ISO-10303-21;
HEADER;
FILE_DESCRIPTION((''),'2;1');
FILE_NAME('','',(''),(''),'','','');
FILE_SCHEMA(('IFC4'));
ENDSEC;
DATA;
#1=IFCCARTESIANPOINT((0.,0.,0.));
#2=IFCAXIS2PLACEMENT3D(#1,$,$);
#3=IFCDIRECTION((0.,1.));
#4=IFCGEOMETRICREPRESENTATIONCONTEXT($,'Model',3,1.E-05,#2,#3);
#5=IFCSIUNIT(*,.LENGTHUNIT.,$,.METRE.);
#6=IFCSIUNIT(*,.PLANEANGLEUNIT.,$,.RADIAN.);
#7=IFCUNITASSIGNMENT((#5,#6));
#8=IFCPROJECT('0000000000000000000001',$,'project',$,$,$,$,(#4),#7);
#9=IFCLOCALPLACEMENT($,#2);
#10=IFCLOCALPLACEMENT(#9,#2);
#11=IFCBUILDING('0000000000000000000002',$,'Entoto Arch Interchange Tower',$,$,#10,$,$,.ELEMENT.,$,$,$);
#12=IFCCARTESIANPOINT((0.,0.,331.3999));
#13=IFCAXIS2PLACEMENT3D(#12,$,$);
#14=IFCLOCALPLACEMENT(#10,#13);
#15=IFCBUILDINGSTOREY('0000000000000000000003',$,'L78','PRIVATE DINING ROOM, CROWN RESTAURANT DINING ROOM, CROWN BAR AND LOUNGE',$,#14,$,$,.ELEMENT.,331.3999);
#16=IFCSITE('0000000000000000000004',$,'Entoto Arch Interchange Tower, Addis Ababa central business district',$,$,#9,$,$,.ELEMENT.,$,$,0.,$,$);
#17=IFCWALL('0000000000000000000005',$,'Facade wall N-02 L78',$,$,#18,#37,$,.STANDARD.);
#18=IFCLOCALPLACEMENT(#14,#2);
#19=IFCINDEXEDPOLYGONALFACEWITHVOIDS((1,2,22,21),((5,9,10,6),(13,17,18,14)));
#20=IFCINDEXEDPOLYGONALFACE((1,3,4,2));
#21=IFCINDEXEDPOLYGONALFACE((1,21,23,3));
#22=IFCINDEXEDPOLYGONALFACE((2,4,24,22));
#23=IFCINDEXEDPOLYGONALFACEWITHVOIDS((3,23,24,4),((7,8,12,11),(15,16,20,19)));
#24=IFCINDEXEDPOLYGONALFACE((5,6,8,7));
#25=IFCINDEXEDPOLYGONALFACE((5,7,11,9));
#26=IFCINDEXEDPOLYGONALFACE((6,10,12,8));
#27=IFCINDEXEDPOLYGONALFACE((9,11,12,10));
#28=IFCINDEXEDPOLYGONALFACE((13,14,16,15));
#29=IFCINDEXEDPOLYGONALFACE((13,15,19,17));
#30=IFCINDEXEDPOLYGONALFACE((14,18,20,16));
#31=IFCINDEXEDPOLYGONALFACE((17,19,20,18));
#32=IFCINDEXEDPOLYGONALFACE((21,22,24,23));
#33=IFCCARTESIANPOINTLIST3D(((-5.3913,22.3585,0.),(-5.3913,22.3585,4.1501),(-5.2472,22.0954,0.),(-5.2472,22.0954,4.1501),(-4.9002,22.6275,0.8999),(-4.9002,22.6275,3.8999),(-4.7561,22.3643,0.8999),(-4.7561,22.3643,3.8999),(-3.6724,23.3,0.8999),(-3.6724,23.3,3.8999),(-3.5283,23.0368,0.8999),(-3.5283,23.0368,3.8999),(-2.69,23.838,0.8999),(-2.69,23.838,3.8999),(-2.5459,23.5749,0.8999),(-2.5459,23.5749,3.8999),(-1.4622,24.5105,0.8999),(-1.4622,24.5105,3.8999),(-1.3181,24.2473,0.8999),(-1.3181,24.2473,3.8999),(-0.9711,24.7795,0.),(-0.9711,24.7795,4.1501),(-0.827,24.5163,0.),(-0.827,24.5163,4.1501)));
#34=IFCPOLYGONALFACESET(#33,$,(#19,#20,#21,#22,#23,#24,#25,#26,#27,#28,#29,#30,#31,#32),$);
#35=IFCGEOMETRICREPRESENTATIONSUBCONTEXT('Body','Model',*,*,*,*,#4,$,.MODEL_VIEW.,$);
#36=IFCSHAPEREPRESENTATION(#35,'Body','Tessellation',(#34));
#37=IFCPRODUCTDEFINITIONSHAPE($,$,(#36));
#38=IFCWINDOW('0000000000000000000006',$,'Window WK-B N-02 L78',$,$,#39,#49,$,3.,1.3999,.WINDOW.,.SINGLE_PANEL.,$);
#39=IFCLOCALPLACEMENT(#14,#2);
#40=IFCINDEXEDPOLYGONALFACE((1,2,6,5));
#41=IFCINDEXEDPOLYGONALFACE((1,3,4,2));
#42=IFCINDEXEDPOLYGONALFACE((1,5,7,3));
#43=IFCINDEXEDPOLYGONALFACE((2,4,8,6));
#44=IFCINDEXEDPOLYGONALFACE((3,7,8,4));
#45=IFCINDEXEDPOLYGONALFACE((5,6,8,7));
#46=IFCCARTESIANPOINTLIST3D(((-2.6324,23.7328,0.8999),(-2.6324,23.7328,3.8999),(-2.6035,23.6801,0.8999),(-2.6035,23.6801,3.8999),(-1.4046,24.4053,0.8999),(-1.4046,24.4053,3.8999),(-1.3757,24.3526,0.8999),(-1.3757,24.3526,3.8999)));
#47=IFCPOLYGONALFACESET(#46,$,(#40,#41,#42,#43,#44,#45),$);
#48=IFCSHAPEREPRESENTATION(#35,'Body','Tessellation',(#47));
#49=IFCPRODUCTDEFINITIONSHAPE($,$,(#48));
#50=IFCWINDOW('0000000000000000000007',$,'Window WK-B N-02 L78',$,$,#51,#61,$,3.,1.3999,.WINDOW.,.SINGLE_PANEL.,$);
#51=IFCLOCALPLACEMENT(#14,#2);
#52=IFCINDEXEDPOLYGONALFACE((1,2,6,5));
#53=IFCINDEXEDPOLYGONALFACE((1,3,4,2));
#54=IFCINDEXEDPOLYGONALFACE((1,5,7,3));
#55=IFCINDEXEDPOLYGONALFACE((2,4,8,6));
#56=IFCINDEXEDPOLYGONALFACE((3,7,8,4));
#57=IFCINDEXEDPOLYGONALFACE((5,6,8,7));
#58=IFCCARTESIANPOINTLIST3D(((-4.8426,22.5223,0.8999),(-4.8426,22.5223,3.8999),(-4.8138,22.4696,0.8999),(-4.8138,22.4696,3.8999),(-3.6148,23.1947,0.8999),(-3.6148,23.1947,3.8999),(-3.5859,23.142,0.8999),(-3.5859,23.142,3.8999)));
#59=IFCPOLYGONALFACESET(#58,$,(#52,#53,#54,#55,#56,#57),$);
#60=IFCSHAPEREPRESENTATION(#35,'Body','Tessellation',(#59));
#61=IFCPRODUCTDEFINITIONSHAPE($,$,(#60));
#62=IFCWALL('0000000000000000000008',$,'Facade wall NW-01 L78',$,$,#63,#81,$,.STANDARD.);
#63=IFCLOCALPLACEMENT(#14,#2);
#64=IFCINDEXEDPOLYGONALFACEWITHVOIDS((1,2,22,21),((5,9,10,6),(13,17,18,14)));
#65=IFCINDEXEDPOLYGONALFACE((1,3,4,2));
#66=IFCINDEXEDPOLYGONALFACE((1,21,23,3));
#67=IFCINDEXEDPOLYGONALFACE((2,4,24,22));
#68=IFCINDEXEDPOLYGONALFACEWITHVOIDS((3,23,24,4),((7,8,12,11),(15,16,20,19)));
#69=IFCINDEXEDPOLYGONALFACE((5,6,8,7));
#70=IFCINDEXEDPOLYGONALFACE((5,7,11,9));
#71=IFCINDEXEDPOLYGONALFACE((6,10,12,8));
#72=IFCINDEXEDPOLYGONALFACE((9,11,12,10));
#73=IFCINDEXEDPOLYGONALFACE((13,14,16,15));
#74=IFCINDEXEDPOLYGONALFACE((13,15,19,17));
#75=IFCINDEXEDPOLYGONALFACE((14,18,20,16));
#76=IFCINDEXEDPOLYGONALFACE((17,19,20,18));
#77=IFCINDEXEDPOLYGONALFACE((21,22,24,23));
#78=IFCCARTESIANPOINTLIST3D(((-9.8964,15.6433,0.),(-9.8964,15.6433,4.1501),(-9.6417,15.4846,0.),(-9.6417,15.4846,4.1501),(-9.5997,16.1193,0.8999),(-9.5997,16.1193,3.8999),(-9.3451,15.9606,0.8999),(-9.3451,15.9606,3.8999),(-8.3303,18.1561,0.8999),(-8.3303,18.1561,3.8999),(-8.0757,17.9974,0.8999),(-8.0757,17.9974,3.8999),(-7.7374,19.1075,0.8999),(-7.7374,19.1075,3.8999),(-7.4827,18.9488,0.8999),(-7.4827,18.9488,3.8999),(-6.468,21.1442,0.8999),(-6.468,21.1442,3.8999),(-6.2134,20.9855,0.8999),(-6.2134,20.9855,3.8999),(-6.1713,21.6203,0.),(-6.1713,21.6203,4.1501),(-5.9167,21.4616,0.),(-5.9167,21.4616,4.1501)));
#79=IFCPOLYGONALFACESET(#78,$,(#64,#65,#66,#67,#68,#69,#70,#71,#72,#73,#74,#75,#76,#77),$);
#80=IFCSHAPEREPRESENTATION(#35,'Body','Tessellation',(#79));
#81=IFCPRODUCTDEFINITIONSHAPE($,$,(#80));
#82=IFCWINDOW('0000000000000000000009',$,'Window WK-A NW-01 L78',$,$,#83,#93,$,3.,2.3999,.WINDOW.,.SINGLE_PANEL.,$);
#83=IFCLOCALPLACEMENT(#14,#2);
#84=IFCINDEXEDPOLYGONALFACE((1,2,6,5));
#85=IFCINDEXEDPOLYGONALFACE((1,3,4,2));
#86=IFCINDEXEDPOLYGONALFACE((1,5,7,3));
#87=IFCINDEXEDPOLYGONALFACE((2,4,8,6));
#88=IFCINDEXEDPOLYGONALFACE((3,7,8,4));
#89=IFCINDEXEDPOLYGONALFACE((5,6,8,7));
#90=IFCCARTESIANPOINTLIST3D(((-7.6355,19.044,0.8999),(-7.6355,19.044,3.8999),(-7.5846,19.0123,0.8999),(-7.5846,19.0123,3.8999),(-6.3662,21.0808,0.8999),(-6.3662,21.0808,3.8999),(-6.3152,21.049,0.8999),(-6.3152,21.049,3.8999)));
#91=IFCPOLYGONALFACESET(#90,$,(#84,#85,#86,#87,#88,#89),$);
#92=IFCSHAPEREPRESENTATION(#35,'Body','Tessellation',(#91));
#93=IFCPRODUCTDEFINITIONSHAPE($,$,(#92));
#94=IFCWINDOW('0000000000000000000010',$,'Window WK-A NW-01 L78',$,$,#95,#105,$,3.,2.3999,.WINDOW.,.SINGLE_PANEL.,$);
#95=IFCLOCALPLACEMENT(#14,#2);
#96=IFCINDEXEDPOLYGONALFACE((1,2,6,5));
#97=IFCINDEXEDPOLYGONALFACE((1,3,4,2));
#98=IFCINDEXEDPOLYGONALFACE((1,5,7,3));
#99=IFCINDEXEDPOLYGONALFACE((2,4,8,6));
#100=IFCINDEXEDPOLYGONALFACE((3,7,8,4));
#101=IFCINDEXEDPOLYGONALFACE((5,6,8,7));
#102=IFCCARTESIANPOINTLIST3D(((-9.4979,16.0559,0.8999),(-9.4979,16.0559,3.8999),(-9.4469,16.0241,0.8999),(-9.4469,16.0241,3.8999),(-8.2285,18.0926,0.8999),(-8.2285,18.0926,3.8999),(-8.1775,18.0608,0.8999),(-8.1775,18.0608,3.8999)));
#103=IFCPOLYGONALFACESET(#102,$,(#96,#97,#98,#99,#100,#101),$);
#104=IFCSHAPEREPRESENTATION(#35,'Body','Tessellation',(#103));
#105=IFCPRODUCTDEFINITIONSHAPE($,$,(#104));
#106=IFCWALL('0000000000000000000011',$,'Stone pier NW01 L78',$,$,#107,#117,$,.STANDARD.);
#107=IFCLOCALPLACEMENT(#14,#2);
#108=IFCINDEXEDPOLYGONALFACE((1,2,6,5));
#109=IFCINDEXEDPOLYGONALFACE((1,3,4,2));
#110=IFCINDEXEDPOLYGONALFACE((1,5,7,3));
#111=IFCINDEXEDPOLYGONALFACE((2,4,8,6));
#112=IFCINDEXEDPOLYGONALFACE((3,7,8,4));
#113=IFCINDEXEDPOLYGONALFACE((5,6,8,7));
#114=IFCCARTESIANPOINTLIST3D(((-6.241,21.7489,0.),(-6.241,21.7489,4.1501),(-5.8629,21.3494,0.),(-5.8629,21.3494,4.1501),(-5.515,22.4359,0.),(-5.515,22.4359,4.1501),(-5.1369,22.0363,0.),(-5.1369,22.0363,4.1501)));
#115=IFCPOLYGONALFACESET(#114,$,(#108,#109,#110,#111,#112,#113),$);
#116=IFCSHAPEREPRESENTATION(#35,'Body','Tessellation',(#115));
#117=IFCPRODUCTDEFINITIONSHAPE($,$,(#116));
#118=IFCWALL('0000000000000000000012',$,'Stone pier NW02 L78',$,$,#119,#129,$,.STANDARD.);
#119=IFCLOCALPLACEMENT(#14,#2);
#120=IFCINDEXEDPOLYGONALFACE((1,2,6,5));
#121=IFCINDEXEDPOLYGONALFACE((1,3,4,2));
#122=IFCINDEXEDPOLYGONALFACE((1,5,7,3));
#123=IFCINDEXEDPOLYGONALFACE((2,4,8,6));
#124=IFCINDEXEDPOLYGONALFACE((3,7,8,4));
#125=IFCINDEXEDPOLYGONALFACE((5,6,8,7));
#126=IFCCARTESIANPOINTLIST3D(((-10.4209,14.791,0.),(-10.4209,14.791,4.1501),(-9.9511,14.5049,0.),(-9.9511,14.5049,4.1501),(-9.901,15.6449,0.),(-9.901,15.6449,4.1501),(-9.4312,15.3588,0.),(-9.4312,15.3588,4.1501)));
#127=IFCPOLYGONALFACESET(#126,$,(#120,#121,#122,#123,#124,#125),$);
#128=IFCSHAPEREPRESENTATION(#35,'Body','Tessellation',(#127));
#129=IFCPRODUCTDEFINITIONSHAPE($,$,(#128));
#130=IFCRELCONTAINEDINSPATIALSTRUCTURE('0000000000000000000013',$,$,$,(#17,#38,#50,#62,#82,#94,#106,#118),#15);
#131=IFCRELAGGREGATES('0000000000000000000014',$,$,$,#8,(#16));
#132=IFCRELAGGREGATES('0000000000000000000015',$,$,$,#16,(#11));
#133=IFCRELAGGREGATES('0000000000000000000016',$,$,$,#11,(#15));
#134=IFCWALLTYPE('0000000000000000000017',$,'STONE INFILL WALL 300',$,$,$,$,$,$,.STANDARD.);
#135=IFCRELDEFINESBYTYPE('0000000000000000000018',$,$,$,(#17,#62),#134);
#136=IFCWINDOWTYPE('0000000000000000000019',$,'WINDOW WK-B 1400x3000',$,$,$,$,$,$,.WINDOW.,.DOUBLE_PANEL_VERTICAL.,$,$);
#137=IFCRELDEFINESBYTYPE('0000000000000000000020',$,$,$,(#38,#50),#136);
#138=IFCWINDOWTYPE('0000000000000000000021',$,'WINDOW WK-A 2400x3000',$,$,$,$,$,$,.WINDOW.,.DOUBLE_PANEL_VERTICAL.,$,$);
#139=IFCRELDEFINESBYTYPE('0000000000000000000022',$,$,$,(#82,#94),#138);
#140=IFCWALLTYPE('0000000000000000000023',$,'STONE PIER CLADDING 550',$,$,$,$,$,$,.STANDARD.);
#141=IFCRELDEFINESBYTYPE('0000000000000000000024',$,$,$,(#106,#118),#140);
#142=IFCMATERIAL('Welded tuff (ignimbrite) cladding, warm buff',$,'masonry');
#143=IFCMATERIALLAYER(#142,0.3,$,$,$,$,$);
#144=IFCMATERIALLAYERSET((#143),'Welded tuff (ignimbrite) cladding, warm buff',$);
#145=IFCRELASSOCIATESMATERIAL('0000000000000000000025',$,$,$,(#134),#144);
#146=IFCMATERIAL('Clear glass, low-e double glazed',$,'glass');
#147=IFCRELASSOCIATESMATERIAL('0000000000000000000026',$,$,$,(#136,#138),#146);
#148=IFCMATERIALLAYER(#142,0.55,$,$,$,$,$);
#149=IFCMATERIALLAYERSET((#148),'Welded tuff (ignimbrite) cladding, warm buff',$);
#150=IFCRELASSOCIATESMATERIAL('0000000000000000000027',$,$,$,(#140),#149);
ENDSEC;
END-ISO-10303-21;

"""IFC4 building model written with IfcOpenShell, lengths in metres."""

from ifc_helpers import new_model, si_unit, direction, frame, frame_2d, origin, place, context, subcontext, project, spatial, rectangle, extrude, material, layer, layer_set, type_object, element, fill, save


model = new_model("IFC4")

# Units and contexts
model_context = context("Model", 3, precision=1e-05, world=origin(), true_north=direction((0.0, 1.0)))
body_context = subcontext(model_context, "Body", "Model", "MODEL_VIEW")
ifc_project = project(units=[si_unit("LENGTHUNIT", "METRE"), si_unit("PLANEANGLEUNIT", "RADIAN")], contexts=[model_context])

# Site, building, storey
site_placement = place(None, origin())
site = spatial("IfcSite", under=ifc_project, at=site_placement, Name="Entoto Arch Interchange Tower, Addis Ababa central business district", CompositionType="ELEMENT", RefElevation=0.0)
building_placement = place(site_placement, origin())
building = spatial("IfcBuilding", under=site, at=building_placement, Name="Entoto Arch Interchange Tower", CompositionType="ELEMENT")
storey_placement = place(building_placement, frame((0.0, 0.0, 331.3999)))
storey = spatial("IfcBuildingStorey", under=building, at=storey_placement, Name="L78", Description="PRIVATE DINING ROOM, CROWN RESTAURANT DINING ROOM, CROWN BAR AND LOUNGE", CompositionType="ELEMENT", Elevation=331.3999)

# Walls, openings, windows
ifc_material_1 = material(Name="Welded tuff (ignimbrite) cladding, warm buff", Category="masonry")
ifc_layer_1 = layer(ifc_material_1, 0.3)
ifc_layer_set_1 = layer_set([ifc_layer_1], Name="Welded tuff (ignimbrite) cladding, warm buff")
wall_type_1 = type_object("IfcWallType", Name="STONE INFILL WALL 300", PredefinedType="STANDARD", material=ifc_layer_set_1)
wall_1_placement = place(storey_placement, frame((-0.8989, 24.6479, 0.0), z_axis=(0.0, 0.0, 1.0), x_axis=(-0.877069, -0.480365, 0.0)))
wall_1 = element("IfcWall", 1, at=wall_1_placement, inside=storey, type_object=wall_type_1, Name="Facade wall N-02 L78", PredefinedType="STANDARD", context=body_context, shape_type="SweptSolid", body=[
    extrude(rectangle(XDim=5.0398, YDim=0.3, at=frame_2d((2.52, 0.0))), origin(), (0.0, 0.0, 1.0), 4.1501),
])
opening_1_placement = place(wall_1_placement, frame((0.5601, 0.0, 0.8999)))
opening_1 = element("IfcOpeningElement", 2, at=opening_1_placement, cuts=wall_1, PredefinedType="OPENING", context=body_context, shape_type="SweptSolid", body=[
    extrude(rectangle(XDim=1.3999, YDim=3.0, at=frame_2d((0.7, 1.5))), frame((0.0, 0.1602, 0.0), z_axis=(0.0, -1.0, 0.0), x_axis=(1.0, 0.0, 0.0)), (0.0, 0.0, 1.0), 0.3201),
])
opening_2_placement = place(wall_1_placement, frame((3.0801, 0.0, 0.8999)))
opening_2 = element("IfcOpeningElement", 3, at=opening_2_placement, cuts=wall_1, PredefinedType="OPENING", context=body_context, shape_type="SweptSolid", body=[
    extrude(rectangle(XDim=1.3999, YDim=3.0, at=frame_2d((0.7, 1.5))), frame((0.0, 0.1602, 0.0), z_axis=(0.0, -1.0, 0.0), x_axis=(1.0, 0.0, 0.0)), (0.0, 0.0, 1.0), 0.3201),
])
ifc_material_2 = material(Name="Clear glass, low-e double glazed", Category="glass")
window_type_1 = type_object("IfcWindowType", Name="WINDOW WK-B 1400x3000", PartitioningType="DOUBLE_PANEL_VERTICAL", PredefinedType="WINDOW", material=ifc_material_2)
window_1_placement = place(opening_1_placement, origin())
window_1 = element("IfcWindow", 4, at=window_1_placement, inside=storey, type_object=window_type_1, Name="Window WK-B N-02 L78", OverallHeight=3.0, OverallWidth=1.3999, PartitioningType="SINGLE_PANEL", PredefinedType="WINDOW", context=body_context, shape_type="SweptSolid", body=[
    extrude(rectangle(XDim=1.3999, YDim=3.0, at=frame_2d((0.7, 1.5))), frame((0.0, 0.03, 0.0), z_axis=(0.0, -1.0, 0.0), x_axis=(1.0, 0.0, 0.0)), (0.0, 0.0, 1.0), 0.0601),
])
fill(opening_1, window_1)
window_2_placement = place(opening_2_placement, origin())
window_2 = element("IfcWindow", 5, at=window_2_placement, inside=storey, type_object=window_type_1, Name="Window WK-B N-02 L78", OverallHeight=3.0, OverallWidth=1.3999, PartitioningType="SINGLE_PANEL", PredefinedType="WINDOW", context=body_context, shape_type="SweptSolid", body=[
    extrude(rectangle(XDim=1.3999, YDim=3.0, at=frame_2d((0.7, 1.5))), frame((0.0, 0.03, 0.0), z_axis=(0.0, -1.0, 0.0), x_axis=(1.0, 0.0, 0.0)), (0.0, 0.0, 1.0), 0.0601),
])
fill(opening_2, window_2)
wall_2_placement = place(storey_placement, frame((-6.0439, 21.541, 0.0), z_axis=(0.0, 0.0, 1.0), x_axis=(-0.52892, -0.848671, 0.0)))
wall_2 = element("IfcWall", 6, at=wall_2_placement, inside=storey, type_object=wall_type_1, Name="Facade wall NW-01 L78", PredefinedType="STANDARD", context=body_context, shape_type="SweptSolid", body=[
    extrude(rectangle(XDim=7.0427, YDim=0.3, at=frame_2d((3.5215, 0.0))), origin(), (0.0, 0.0, 1.0), 4.1501),
])
opening_3_placement = place(wall_2_placement, frame((0.561, 0.0, 0.8999)))
opening_3 = element("IfcOpeningElement", 7, at=opening_3_placement, cuts=wall_2, PredefinedType="OPENING", context=body_context, shape_type="SweptSolid", body=[
    extrude(rectangle(XDim=2.3999, YDim=3.0, at=frame_2d((1.2, 1.5))), frame((0.0, 0.1602, 0.0), z_axis=(0.0, -1.0, 0.0), x_axis=(1.0, 0.0, 0.0)), (0.0, 0.0, 1.0), 0.3201),
])
opening_4_placement = place(wall_2_placement, frame((4.082, 0.0, 0.8999)))
opening_4 = element("IfcOpeningElement", 8, at=opening_4_placement, cuts=wall_2, PredefinedType="OPENING", context=body_context, shape_type="SweptSolid", body=[
    extrude(rectangle(XDim=2.3999, YDim=3.0, at=frame_2d((1.2, 1.5))), frame((0.0, 0.1602, 0.0), z_axis=(0.0, -1.0, 0.0), x_axis=(1.0, 0.0, 0.0)), (0.0, 0.0, 1.0), 0.3201),
])
window_type_2 = type_object("IfcWindowType", Name="WINDOW WK-A 2400x3000", PartitioningType="DOUBLE_PANEL_VERTICAL", PredefinedType="WINDOW", material=ifc_material_2)
window_3_placement = place(opening_3_placement, origin())
window_3 = element("IfcWindow", 9, at=window_3_placement, inside=storey, type_object=window_type_2, Name="Window WK-A NW-01 L78", OverallHeight=3.0, OverallWidth=2.3999, PartitioningType="SINGLE_PANEL", PredefinedType="WINDOW", context=body_context, shape_type="SweptSolid", body=[
    extrude(rectangle(XDim=2.3999, YDim=3.0, at=frame_2d((1.2, 1.5))), frame((0.0, 0.03, 0.0), z_axis=(0.0, -1.0, 0.0), x_axis=(1.0, 0.0, 0.0)), (0.0, 0.0, 1.0), 0.0601),
])
fill(opening_3, window_3)
window_4_placement = place(opening_4_placement, origin())
window_4 = element("IfcWindow", 10, at=window_4_placement, inside=storey, type_object=window_type_2, Name="Window WK-A NW-01 L78", OverallHeight=3.0, OverallWidth=2.3999, PartitioningType="SINGLE_PANEL", PredefinedType="WINDOW", context=body_context, shape_type="SweptSolid", body=[
    extrude(rectangle(XDim=2.3999, YDim=3.0, at=frame_2d((1.2, 1.5))), frame((0.0, 0.03, 0.0), z_axis=(0.0, -1.0, 0.0), x_axis=(1.0, 0.0, 0.0)), (0.0, 0.0, 1.0), 0.0601),
])
fill(opening_4, window_4)

# Walls
ifc_layer_2 = layer(ifc_material_1, 0.55)
ifc_layer_set_2 = layer_set([ifc_layer_2], Name="Welded tuff (ignimbrite) cladding, warm buff")
wall_type_2 = type_object("IfcWallType", Name="STONE PIER CLADDING 550", PredefinedType="STANDARD", material=ifc_layer_set_2)
wall_3_placement = place(storey_placement, frame((-5.3259, 22.2361, 0.0), z_axis=(0.0, 0.0, 1.0), x_axis=(-0.726376, -0.687297, 0.0)))
element("IfcWall", 11, at=wall_3_placement, inside=storey, type_object=wall_type_2, Name="Stone pier NW01 L78", PredefinedType="STANDARD", context=body_context, shape_type="SweptSolid", body=[
    extrude(rectangle(XDim=0.9995, YDim=0.55, at=frame_2d((0.4998, 0.0))), origin(), (0.0, 0.0, 1.0), 4.1501),
])
wall_4_placement = place(storey_placement, frame((-9.666, 15.502, 0.0), z_axis=(0.0, 0.0, 1.0), x_axis=(-0.520086, -0.854114, 0.0)))
element("IfcWall", 12, at=wall_4_placement, inside=storey, type_object=wall_type_2, Name="Stone pier NW02 L78", PredefinedType="STANDARD", context=body_context, shape_type="SweptSolid", body=[
    extrude(rectangle(XDim=0.9998, YDim=0.55, at=frame_2d((0.5, 0.0))), origin(), (0.0, 0.0, 1.0), 4.1501),
])

save(model, "model.ifc")
